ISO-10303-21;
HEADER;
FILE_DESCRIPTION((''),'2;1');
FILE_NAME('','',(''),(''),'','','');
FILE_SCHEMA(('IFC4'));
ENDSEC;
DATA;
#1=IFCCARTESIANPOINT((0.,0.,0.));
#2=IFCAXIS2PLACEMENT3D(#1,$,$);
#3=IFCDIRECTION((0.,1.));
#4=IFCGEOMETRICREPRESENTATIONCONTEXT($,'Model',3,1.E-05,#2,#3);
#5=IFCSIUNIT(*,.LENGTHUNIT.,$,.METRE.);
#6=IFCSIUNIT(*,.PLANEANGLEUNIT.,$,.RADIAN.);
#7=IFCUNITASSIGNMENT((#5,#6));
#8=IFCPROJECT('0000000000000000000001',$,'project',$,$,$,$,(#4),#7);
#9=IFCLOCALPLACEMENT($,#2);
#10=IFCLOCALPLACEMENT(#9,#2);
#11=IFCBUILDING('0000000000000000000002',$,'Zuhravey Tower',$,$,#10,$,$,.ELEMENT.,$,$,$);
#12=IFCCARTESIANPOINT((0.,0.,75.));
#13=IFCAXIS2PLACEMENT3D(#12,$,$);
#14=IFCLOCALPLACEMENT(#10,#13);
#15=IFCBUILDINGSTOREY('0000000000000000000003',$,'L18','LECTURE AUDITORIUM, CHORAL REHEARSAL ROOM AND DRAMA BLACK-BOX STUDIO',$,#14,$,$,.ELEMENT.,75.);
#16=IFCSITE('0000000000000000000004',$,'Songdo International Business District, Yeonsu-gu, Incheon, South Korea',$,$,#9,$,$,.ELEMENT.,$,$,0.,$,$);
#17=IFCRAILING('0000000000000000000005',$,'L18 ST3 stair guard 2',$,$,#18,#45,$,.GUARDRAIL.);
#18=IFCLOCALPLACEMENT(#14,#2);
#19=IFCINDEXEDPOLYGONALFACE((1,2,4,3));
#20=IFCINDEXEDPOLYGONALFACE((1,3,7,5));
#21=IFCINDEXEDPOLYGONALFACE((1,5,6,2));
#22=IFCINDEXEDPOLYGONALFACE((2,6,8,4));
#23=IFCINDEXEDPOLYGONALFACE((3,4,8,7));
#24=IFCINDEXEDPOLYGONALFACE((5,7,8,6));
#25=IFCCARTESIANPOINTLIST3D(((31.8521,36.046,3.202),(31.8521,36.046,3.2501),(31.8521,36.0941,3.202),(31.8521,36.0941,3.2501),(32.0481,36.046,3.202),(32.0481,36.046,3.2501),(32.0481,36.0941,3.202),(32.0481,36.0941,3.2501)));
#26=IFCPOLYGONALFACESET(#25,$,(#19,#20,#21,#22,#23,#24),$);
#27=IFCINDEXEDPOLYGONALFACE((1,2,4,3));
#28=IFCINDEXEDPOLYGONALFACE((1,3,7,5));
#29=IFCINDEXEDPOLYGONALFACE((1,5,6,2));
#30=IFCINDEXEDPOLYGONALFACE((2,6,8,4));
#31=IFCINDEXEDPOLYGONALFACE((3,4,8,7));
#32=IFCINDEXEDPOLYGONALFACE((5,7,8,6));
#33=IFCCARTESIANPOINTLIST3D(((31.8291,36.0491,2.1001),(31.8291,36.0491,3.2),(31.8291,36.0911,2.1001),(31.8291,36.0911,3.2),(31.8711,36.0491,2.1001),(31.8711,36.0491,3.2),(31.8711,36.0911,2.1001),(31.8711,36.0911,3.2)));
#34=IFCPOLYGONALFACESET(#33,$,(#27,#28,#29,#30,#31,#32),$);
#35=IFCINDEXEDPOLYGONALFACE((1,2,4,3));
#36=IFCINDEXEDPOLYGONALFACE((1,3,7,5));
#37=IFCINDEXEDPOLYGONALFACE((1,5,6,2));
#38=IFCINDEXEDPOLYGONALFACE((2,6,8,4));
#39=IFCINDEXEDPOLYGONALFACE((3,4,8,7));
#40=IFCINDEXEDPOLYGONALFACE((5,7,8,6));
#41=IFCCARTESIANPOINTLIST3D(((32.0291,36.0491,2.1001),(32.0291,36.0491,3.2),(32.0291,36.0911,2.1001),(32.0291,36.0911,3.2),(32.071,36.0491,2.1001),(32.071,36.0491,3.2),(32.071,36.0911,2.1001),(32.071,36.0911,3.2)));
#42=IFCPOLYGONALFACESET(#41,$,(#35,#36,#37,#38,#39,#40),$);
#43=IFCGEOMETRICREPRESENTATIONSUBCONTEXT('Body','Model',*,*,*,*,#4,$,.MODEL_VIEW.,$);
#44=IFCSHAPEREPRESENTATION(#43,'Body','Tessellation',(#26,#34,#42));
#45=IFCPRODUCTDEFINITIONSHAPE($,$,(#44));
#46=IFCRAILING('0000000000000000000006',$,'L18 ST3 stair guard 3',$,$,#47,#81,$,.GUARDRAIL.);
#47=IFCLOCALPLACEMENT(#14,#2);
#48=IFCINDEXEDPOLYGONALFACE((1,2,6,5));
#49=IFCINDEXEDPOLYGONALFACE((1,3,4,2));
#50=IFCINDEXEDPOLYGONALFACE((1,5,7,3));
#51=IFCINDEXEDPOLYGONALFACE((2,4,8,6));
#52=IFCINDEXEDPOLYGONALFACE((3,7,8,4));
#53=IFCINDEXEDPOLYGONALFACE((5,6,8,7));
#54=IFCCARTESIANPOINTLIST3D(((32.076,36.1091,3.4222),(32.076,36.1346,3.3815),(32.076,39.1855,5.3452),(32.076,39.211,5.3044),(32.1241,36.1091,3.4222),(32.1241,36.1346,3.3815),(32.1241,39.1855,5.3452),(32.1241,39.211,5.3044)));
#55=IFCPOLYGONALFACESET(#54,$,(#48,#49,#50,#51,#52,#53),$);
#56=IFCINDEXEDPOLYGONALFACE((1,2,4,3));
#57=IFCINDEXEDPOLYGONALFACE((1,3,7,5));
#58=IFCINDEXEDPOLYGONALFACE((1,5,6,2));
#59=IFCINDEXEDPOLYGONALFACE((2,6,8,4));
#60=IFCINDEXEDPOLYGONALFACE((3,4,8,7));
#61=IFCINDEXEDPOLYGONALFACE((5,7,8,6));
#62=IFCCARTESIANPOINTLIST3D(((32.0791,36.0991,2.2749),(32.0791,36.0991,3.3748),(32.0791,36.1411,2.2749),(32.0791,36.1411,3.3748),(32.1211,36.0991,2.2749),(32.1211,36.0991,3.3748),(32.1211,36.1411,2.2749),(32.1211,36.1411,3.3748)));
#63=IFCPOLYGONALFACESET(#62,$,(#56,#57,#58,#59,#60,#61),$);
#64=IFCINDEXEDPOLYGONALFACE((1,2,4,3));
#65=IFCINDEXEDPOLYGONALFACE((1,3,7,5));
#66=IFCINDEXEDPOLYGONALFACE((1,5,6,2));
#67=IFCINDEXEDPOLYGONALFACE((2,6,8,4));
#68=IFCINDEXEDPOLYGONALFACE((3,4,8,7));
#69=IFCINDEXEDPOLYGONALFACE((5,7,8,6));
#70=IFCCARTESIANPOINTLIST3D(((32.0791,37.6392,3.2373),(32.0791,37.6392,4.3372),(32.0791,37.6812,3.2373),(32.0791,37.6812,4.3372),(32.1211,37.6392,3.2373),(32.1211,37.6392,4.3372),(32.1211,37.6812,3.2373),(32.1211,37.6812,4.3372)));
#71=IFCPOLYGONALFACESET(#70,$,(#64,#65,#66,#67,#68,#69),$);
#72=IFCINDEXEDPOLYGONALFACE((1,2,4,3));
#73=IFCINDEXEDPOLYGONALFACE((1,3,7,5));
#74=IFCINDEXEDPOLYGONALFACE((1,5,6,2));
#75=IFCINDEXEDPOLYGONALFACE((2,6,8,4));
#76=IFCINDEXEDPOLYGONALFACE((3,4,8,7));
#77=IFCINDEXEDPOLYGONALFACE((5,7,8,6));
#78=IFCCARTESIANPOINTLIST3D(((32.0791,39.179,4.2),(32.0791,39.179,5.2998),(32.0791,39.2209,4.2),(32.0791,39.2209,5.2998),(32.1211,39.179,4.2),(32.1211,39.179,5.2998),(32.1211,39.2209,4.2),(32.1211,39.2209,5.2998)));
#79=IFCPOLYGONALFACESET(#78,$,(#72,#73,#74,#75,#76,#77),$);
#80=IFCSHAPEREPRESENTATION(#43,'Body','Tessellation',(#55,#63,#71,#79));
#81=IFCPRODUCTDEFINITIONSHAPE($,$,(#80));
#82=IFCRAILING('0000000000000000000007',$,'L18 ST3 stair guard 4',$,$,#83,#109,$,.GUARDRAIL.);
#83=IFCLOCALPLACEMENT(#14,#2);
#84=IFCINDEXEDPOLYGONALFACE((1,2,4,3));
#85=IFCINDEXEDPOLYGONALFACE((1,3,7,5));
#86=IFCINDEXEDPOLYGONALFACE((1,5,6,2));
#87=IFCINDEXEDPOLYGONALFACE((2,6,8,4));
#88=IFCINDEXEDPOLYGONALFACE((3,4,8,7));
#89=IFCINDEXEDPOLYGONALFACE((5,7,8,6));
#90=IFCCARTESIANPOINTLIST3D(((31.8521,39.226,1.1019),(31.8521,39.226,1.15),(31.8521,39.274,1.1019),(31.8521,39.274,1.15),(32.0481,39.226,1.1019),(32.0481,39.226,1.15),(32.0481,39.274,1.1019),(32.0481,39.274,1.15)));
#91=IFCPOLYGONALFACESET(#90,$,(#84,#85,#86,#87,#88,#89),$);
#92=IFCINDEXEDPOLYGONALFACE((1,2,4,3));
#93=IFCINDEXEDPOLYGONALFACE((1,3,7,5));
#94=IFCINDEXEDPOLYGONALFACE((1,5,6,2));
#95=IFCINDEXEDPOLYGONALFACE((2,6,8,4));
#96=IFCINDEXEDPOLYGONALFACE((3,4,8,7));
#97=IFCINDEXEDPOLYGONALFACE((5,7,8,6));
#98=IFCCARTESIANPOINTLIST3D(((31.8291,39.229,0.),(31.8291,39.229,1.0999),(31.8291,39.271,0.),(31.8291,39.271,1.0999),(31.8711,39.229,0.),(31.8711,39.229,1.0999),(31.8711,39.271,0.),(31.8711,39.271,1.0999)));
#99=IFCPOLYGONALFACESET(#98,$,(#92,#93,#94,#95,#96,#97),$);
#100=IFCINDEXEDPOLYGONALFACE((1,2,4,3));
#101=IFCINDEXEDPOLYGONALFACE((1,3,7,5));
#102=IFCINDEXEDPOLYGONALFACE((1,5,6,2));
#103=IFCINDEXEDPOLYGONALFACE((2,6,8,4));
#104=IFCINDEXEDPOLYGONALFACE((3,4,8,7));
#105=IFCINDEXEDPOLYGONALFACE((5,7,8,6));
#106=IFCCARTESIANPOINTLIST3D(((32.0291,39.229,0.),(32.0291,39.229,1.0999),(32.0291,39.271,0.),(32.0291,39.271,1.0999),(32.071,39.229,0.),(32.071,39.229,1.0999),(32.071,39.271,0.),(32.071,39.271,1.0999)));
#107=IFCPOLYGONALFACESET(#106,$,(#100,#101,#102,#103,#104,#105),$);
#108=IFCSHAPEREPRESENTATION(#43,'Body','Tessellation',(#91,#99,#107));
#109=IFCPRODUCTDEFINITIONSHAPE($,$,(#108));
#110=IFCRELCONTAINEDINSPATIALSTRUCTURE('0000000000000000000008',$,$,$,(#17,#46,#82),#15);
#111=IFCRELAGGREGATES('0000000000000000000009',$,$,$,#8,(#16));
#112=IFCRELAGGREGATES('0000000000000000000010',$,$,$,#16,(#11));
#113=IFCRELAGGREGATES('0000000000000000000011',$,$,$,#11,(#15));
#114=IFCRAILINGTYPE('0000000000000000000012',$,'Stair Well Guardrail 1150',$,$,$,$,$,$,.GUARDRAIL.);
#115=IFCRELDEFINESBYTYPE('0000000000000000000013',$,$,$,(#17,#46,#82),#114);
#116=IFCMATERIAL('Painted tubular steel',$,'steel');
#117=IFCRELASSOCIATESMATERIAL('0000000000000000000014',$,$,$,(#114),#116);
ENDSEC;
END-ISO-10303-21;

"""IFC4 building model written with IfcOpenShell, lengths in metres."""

from ifc_helpers import new_model, si_unit, direction, frame, origin, origin_2d, place, context, subcontext, project, spatial, rectangle, extrude, material, type_object, element, save


model = new_model("IFC4")

# Units and contexts
model_context = context("Model", 3, precision=1e-05, world=origin(), true_north=direction((0.0, 1.0)))
body_context = subcontext(model_context, "Body", "Model", "MODEL_VIEW")
ifc_project = project(units=[si_unit("LENGTHUNIT", "METRE"), si_unit("PLANEANGLEUNIT", "RADIAN")], contexts=[model_context])

# Site, building, storey
site_placement = place(None, origin())
site = spatial("IfcSite", under=ifc_project, at=site_placement, Name="Songdo International Business District, Yeonsu-gu, Incheon, South Korea", CompositionType="ELEMENT", RefElevation=0.0)
building_placement = place(site_placement, origin())
building = spatial("IfcBuilding", under=site, at=building_placement, Name="Zuhravey Tower", CompositionType="ELEMENT")
storey_placement = place(building_placement, frame((0.0, 0.0, 75.0)))
storey = spatial("IfcBuildingStorey", under=building, at=storey_placement, Name="L18", Description="LECTURE AUDITORIUM, CHORAL REHEARSAL ROOM AND DRAMA BLACK-BOX STUDIO", CompositionType="ELEMENT", Elevation=75.0)

# Railings
ifc_material_1 = material(Name="Painted tubular steel", Category="steel")
railing_type_1 = type_object("IfcRailingType", Name="Stair Well Guardrail 1150", PredefinedType="GUARDRAIL", material=ifc_material_1)
railing_1_placement = place(storey_placement, frame((31.8501, 36.0701, 2.1001)))
element("IfcRailing", 1, at=railing_1_placement, inside=storey, type_object=railing_type_1, Name="L18 ST3 stair guard 2", PredefinedType="GUARDRAIL", context=body_context, shape_type="SweptSolid", body=[
    extrude(rectangle(XDim=0.0481, YDim=0.0481, at=origin_2d()), frame((0.002, 0.0, 1.126), z_axis=(1.0, 0.0, 0.0), x_axis=(0.0, 1.0, 0.0)), (0.0, 0.0, 1.0), 0.196),
    extrude(rectangle(XDim=0.042, YDim=0.042, at=origin_2d()), origin(), (0.0, 0.0, 1.0), 1.0999),
    extrude(rectangle(XDim=0.042, YDim=0.042, at=origin_2d()), frame((0.2, 0.0, 0.0)), (0.0, 0.0, 1.0), 1.0999),
])
railing_2_placement = place(storey_placement, frame((32.1001, 36.1201, 2.2749)))
element("IfcRailing", 2, at=railing_2_placement, inside=storey, type_object=railing_type_1, Name="L18 ST3 stair guard 3", PredefinedType="GUARDRAIL", context=body_context, shape_type="SweptSolid", body=[
    extrude(rectangle(XDim=0.0481, YDim=0.0481, at=origin_2d()), frame((0.0, 0.0017, 1.127), z_axis=(0.0, 0.847979, 0.530029), x_axis=(-1.0, 0.0, 0.0)), (0.0, 0.0, 1.0), 3.6279),
    extrude(rectangle(XDim=0.042, YDim=0.042, at=origin_2d()), origin(), (0.0, 0.0, 1.0), 1.0999),
    extrude(rectangle(XDim=0.042, YDim=0.042, at=origin_2d()), frame((0.0, 1.54, 0.9624)), (0.0, 0.0, 1.0), 1.0999),
    extrude(rectangle(XDim=0.042, YDim=0.042, at=origin_2d()), frame((0.0, 3.0798, 1.925)), (0.0, 0.0, 1.0), 1.0999),
])
railing_3_placement = place(storey_placement, frame((31.8501, 39.25, 0.0)))
element("IfcRailing", 3, at=railing_3_placement, inside=storey, type_object=railing_type_1, Name="L18 ST3 stair guard 4", PredefinedType="GUARDRAIL", context=body_context, shape_type="SweptSolid", body=[
    extrude(rectangle(XDim=0.0481, YDim=0.0481, at=origin_2d()), frame((0.002, 0.0, 1.126), z_axis=(1.0, 0.0, 0.0), x_axis=(0.0, 1.0, 0.0)), (0.0, 0.0, 1.0), 0.196),
    extrude(rectangle(XDim=0.042, YDim=0.042, at=origin_2d()), origin(), (0.0, 0.0, 1.0), 1.0999),
    extrude(rectangle(XDim=0.042, YDim=0.042, at=origin_2d()), frame((0.2, 0.0, 0.0)), (0.0, 0.0, 1.0), 1.0999),
])

save(model, "model.ifc")
